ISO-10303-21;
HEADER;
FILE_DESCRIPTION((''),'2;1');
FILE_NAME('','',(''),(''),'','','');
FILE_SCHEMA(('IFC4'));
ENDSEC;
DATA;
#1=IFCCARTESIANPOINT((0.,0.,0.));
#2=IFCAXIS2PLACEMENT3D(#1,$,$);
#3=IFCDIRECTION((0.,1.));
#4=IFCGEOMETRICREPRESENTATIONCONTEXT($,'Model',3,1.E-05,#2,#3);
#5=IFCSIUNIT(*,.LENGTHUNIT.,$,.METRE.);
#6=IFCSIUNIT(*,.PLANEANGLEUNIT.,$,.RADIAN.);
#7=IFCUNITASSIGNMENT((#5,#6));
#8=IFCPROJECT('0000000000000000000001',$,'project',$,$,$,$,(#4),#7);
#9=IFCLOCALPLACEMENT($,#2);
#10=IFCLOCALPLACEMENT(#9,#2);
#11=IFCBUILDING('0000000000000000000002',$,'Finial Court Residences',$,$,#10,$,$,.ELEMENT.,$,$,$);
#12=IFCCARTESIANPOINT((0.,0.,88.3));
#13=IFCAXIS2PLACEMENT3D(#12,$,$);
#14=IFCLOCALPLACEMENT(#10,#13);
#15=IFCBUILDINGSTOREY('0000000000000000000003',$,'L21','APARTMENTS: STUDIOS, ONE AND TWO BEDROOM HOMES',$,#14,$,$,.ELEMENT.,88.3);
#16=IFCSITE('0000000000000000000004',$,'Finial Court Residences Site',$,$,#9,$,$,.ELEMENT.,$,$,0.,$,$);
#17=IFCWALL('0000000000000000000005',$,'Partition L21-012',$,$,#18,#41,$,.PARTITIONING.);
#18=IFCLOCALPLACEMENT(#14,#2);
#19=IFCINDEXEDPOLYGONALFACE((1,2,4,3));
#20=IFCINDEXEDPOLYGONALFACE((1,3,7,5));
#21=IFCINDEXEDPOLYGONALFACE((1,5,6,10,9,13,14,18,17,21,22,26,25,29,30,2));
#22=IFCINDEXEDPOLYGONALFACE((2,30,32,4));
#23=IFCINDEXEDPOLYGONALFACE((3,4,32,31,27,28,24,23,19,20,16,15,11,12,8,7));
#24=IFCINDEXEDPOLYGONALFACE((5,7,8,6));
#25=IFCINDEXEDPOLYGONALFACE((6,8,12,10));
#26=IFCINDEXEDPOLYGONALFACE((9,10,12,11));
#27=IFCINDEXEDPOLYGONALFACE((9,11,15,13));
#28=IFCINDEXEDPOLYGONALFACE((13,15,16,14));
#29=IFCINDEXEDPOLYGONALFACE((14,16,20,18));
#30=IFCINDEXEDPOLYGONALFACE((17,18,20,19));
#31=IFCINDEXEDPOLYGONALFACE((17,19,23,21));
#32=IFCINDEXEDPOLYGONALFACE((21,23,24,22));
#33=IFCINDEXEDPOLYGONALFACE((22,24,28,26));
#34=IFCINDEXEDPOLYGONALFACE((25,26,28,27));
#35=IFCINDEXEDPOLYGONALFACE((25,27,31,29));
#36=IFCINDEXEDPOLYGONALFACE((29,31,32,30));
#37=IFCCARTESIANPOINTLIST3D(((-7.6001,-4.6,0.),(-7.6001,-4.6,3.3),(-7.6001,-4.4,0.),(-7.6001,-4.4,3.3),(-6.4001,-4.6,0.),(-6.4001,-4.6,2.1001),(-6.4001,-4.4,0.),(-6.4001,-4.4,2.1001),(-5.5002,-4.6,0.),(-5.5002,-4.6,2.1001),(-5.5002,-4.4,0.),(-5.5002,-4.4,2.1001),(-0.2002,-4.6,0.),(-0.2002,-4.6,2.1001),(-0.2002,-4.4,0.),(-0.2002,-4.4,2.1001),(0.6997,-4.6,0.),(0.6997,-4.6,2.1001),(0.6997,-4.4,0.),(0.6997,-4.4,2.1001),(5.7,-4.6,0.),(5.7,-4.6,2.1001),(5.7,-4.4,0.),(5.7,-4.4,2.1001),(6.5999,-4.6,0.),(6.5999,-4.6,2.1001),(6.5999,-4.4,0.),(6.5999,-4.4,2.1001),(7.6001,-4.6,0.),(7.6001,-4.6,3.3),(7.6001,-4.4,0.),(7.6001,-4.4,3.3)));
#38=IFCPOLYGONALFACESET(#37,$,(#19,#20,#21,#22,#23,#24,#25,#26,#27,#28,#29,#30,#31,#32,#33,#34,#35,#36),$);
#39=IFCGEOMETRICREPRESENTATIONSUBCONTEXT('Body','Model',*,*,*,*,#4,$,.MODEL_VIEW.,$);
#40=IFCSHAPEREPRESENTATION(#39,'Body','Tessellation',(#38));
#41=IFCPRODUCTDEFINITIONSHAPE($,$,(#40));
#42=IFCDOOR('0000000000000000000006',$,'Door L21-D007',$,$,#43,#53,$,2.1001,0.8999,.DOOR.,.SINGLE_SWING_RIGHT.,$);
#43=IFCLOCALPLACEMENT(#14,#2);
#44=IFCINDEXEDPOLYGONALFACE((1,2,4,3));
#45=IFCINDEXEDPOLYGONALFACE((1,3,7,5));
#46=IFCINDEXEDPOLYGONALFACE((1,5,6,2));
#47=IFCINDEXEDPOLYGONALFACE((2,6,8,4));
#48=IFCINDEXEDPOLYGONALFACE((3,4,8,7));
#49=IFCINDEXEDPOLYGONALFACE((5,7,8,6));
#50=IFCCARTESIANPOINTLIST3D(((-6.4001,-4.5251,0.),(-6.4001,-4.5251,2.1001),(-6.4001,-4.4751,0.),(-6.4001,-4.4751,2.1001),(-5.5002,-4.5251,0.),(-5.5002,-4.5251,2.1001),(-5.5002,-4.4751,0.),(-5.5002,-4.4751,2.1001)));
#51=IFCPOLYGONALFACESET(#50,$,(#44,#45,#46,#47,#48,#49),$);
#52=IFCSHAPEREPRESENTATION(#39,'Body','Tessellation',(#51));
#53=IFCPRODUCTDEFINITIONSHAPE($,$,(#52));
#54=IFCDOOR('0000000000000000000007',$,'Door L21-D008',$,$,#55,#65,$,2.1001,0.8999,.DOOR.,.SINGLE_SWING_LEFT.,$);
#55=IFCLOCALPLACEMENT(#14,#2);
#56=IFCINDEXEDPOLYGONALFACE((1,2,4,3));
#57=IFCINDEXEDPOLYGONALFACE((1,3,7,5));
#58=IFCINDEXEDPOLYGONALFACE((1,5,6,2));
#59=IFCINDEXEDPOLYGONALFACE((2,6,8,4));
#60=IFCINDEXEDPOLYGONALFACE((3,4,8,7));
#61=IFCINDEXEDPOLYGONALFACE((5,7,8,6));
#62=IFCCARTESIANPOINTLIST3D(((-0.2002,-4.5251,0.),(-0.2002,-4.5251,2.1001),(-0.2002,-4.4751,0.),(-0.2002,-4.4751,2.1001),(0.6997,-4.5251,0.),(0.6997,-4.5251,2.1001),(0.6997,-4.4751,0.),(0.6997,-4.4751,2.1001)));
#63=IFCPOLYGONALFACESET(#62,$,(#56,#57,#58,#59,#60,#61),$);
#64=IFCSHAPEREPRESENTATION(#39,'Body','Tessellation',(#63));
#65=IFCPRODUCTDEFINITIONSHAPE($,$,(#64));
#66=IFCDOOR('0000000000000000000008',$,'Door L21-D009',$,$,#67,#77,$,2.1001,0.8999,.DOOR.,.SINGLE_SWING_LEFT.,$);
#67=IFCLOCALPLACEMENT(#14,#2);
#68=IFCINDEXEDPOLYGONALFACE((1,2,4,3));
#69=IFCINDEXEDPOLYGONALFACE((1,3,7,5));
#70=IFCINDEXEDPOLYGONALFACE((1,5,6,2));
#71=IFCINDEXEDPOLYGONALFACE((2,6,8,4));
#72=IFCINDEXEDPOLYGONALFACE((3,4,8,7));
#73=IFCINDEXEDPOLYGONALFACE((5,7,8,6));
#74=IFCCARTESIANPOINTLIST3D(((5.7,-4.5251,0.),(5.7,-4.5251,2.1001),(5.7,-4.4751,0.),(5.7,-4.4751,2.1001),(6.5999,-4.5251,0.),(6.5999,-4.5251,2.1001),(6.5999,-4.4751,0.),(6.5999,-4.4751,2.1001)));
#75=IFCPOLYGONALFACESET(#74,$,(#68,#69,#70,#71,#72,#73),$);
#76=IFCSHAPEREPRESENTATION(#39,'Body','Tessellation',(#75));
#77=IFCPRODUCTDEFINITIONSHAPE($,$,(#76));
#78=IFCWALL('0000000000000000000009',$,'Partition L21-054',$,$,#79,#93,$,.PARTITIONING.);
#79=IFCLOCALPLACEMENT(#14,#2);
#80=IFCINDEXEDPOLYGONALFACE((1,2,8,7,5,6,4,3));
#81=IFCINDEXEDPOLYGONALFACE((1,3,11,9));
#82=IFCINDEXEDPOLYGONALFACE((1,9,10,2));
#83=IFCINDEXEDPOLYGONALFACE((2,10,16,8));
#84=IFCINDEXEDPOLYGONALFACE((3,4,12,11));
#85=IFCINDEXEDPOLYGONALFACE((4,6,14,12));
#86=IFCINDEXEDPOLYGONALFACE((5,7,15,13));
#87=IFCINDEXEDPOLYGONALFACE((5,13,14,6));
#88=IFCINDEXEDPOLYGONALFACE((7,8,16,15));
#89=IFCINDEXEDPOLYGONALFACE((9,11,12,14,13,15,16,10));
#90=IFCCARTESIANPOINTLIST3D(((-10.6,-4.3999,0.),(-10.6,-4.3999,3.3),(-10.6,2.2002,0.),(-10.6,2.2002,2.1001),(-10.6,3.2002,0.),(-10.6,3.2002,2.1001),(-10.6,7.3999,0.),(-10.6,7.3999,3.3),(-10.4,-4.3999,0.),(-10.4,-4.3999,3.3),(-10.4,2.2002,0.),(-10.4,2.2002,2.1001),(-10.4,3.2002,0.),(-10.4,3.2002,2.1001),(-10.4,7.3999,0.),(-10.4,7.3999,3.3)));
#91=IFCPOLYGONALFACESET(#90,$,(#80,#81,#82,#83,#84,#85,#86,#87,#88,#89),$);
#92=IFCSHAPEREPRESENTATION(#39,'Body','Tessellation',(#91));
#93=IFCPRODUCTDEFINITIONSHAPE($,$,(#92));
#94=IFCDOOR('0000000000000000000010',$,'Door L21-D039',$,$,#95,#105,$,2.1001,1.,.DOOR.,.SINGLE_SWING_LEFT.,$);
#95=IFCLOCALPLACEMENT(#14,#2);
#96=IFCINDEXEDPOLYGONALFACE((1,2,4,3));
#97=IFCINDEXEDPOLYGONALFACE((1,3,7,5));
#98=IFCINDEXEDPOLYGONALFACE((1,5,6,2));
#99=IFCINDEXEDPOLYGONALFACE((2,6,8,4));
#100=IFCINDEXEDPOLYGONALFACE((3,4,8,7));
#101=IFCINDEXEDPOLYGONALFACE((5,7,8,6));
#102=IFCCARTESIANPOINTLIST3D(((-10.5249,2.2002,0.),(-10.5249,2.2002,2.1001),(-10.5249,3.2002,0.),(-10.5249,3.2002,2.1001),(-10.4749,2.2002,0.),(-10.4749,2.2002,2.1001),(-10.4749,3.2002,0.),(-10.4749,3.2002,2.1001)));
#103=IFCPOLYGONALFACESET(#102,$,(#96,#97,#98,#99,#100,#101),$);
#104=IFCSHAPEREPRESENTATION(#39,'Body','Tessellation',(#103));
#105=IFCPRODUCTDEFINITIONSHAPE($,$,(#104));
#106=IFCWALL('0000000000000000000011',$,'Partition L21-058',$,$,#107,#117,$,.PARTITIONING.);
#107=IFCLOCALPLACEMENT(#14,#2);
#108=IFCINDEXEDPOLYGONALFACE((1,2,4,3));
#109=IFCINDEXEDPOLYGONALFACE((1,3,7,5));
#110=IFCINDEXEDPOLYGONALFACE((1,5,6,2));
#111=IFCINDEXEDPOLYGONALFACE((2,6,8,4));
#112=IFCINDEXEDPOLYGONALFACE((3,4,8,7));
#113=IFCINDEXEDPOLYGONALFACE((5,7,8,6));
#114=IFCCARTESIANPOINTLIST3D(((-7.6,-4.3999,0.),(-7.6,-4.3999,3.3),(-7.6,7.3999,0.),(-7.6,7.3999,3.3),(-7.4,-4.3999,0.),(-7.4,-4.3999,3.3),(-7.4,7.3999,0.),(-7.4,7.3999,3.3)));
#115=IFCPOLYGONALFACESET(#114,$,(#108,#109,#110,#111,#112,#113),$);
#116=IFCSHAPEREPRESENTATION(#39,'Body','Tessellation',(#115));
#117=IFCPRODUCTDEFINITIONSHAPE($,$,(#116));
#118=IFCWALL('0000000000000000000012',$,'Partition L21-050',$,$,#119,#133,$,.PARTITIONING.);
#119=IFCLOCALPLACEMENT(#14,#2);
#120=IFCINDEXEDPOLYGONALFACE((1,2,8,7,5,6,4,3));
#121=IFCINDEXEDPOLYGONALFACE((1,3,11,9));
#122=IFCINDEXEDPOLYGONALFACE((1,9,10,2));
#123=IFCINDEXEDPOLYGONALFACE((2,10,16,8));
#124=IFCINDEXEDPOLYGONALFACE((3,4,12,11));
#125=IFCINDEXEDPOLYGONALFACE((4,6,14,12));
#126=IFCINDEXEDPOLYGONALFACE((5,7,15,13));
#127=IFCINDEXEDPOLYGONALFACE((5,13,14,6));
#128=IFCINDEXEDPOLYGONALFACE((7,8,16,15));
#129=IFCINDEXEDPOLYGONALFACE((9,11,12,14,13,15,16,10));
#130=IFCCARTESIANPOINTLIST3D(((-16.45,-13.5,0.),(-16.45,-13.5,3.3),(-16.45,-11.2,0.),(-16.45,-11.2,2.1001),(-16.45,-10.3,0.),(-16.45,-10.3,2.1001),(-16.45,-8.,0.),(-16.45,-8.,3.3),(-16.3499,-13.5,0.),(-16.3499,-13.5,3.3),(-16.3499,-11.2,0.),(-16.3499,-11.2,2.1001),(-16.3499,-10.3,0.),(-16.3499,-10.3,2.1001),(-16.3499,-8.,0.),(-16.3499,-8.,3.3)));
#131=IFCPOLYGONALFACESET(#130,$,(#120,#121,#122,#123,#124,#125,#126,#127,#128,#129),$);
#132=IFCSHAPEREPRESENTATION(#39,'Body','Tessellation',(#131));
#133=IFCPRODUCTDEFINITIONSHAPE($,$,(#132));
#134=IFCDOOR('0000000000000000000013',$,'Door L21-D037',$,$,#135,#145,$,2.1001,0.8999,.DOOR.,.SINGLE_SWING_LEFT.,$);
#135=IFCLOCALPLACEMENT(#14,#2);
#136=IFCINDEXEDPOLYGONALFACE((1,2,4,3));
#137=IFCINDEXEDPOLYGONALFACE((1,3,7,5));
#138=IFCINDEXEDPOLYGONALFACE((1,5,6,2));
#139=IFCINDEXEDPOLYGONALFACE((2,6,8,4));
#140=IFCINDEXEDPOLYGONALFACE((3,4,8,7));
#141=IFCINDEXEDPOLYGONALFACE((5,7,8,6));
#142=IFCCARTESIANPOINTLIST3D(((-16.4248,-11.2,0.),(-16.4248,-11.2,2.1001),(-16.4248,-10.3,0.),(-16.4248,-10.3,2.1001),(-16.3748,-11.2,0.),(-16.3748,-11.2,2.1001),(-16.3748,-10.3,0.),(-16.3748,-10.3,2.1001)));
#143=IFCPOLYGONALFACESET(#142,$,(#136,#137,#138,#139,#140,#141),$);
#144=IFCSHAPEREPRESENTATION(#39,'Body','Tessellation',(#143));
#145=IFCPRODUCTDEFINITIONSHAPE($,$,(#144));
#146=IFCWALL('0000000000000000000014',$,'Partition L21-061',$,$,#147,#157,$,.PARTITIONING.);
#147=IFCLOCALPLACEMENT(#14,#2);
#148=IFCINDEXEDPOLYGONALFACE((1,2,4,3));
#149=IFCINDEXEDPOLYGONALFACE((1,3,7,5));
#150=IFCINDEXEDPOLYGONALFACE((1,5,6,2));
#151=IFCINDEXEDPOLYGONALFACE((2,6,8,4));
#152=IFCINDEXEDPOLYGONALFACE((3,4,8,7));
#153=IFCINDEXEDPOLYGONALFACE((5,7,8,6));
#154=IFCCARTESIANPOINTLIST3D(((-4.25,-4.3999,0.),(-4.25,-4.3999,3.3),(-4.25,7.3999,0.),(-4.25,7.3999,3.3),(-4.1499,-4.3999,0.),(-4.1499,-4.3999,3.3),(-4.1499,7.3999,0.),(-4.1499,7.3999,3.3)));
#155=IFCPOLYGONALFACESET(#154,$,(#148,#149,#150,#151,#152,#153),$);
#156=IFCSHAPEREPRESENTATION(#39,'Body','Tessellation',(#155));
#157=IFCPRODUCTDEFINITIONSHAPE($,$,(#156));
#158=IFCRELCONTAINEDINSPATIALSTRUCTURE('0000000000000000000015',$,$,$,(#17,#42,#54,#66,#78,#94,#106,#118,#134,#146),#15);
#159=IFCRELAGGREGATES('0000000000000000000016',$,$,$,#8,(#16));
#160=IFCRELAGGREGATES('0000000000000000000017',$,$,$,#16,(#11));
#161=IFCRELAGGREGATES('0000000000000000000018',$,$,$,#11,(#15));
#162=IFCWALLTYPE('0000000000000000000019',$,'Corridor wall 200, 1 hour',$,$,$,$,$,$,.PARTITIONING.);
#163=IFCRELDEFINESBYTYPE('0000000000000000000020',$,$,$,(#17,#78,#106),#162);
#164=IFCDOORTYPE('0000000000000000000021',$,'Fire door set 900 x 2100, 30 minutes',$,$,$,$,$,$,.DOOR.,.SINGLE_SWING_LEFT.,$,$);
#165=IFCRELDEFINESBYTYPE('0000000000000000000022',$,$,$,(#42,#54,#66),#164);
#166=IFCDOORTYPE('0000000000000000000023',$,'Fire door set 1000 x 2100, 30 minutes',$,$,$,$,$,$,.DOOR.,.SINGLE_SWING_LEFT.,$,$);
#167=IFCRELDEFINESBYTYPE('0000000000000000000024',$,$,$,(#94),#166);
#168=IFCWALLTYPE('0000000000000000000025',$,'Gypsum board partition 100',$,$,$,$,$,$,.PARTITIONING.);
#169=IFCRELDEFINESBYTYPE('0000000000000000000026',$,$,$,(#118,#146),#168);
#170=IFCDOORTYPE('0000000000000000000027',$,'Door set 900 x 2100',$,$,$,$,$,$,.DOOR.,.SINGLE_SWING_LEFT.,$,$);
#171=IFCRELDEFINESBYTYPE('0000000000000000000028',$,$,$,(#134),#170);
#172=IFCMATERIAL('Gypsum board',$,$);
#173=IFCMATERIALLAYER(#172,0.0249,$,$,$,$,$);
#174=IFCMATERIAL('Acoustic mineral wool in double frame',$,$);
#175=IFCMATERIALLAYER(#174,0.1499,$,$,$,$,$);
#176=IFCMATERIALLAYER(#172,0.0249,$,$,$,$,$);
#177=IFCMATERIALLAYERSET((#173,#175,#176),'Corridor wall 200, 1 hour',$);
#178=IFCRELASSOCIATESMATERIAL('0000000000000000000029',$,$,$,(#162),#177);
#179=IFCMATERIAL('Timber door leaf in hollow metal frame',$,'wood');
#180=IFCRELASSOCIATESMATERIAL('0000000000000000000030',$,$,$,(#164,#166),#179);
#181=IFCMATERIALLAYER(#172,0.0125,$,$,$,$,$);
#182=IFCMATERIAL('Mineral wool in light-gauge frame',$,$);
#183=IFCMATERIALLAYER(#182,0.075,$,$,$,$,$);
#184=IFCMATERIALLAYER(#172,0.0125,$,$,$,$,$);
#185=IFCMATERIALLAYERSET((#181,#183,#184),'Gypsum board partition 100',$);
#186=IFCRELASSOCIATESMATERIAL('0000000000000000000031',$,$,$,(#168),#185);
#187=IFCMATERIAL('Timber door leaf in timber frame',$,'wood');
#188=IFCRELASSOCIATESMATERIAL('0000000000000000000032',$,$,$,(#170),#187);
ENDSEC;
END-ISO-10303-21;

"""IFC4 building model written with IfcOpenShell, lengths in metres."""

from ifc_helpers import new_model, si_unit, direction, frame, frame_2d, origin, place, context, subcontext, project, spatial, rectangle, extrude, material, layer, layer_set, type_object, element, fill, save


model = new_model("IFC4")

# Units and contexts
model_context = context("Model", 3, precision=1e-05, world=origin(), true_north=direction((0.0, 1.0)))
body_context = subcontext(model_context, "Body", "Model", "MODEL_VIEW")
ifc_project = project(units=[si_unit("LENGTHUNIT", "METRE"), si_unit("PLANEANGLEUNIT", "RADIAN")], contexts=[model_context])

# Site, building, storey
site_placement = place(None, origin())
site = spatial("IfcSite", under=ifc_project, at=site_placement, Name="Finial Court Residences Site", CompositionType="ELEMENT", RefElevation=0.0)
building_placement = place(site_placement, origin())
building = spatial("IfcBuilding", under=site, at=building_placement, Name="Finial Court Residences", CompositionType="ELEMENT")
storey_placement = place(building_placement, frame((0.0, 0.0, 88.3)))
storey = spatial("IfcBuildingStorey", under=building, at=storey_placement, Name="L21", Description="APARTMENTS: STUDIOS, ONE AND TWO BEDROOM HOMES", CompositionType="ELEMENT", Elevation=88.3)

# Wall, openings, doors
ifc_material_1 = material(Name="Gypsum board")
ifc_layer_1 = layer(ifc_material_1, 0.0249)
ifc_material_2 = material(Name="Acoustic mineral wool in double frame")
ifc_layer_2 = layer(ifc_material_2, 0.1499)
ifc_layer_3 = layer(ifc_material_1, 0.0249)
ifc_layer_set_1 = layer_set([ifc_layer_1, ifc_layer_2, ifc_layer_3], Name="Corridor wall 200, 1 hour")
wall_type_1 = type_object("IfcWallType", Name="Corridor wall 200, 1 hour", PredefinedType="PARTITIONING", material=ifc_layer_set_1)
wall_1_placement = place(storey_placement, frame((-7.6001, -4.5, 0.0), z_axis=(0.0, 0.0, 1.0), x_axis=(1.0, 0.0, 0.0)))
wall_1 = element("IfcWall", 1, at=wall_1_placement, inside=storey, type_object=wall_type_1, Name="Partition L21-012", PredefinedType="PARTITIONING", context=body_context, shape_type="SweptSolid", body=[
    extrude(rectangle(XDim=15.2002, YDim=0.2, at=frame_2d((7.6001, 0.0))), origin(), (0.0, 0.0, 1.0), 3.3),
])
opening_1_placement = place(wall_1_placement, frame((1.2, 0.0, 0.0)))
opening_1 = element("IfcOpeningElement", 2, at=opening_1_placement, cuts=wall_1, PredefinedType="OPENING", context=body_context, shape_type="SweptSolid", body=[
    extrude(rectangle(XDim=0.8999, YDim=2.1001, at=frame_2d((0.45, 1.05))), frame((0.0, 0.1099, 0.0), z_axis=(0.0, -1.0, 0.0), x_axis=(1.0, 0.0, 0.0)), (0.0, 0.0, 1.0), 0.22),
])
opening_2_placement = place(wall_1_placement, frame((7.3999, 0.0, 0.0)))
opening_2 = element("IfcOpeningElement", 3, at=opening_2_placement, cuts=wall_1, PredefinedType="OPENING", context=body_context, shape_type="SweptSolid", body=[
    extrude(rectangle(XDim=0.8999, YDim=2.1001, at=frame_2d((0.45, 1.05))), frame((0.0, 0.1099, 0.0), z_axis=(0.0, -1.0, 0.0), x_axis=(1.0, 0.0, 0.0)), (0.0, 0.0, 1.0), 0.22),
])
opening_3_placement = place(wall_1_placement, frame((13.3, 0.0, 0.0)))
opening_3 = element("IfcOpeningElement", 4, at=opening_3_placement, cuts=wall_1, PredefinedType="OPENING", context=body_context, shape_type="SweptSolid", body=[
    extrude(rectangle(XDim=0.8999, YDim=2.1001, at=frame_2d((0.45, 1.05))), frame((0.0, 0.1099, 0.0), z_axis=(0.0, -1.0, 0.0), x_axis=(1.0, 0.0, 0.0)), (0.0, 0.0, 1.0), 0.22),
])
ifc_material_3 = material(Name="Timber door leaf in hollow metal frame", Category="wood")
door_type_1 = type_object("IfcDoorType", Name="Fire door set 900 x 2100, 30 minutes", OperationType="SINGLE_SWING_LEFT", PredefinedType="DOOR", material=ifc_material_3)
door_1_placement = place(opening_1_placement, origin())
door_1 = element("IfcDoor", 5, at=door_1_placement, inside=storey, type_object=door_type_1, Name="Door L21-D007", OperationType="SINGLE_SWING_RIGHT", OverallHeight=2.1001, OverallWidth=0.8999, PredefinedType="DOOR", context=body_context, shape_type="SweptSolid", body=[
    extrude(rectangle(XDim=0.8999, YDim=2.1001, at=frame_2d((0.45, 1.05))), frame((0.0, 0.0249, 0.0), z_axis=(0.0, -1.0, 0.0), x_axis=(1.0, 0.0, 0.0)), (0.0, 0.0, 1.0), 0.05),
])
fill(opening_1, door_1)
door_2_placement = place(opening_2_placement, origin())
door_2 = element("IfcDoor", 6, at=door_2_placement, inside=storey, type_object=door_type_1, Name="Door L21-D008", OperationType="SINGLE_SWING_LEFT", OverallHeight=2.1001, OverallWidth=0.8999, PredefinedType="DOOR", context=body_context, shape_type="SweptSolid", body=[
    extrude(rectangle(XDim=0.8999, YDim=2.1001, at=frame_2d((0.45, 1.05))), frame((0.0, 0.0249, 0.0), z_axis=(0.0, -1.0, 0.0), x_axis=(1.0, 0.0, 0.0)), (0.0, 0.0, 1.0), 0.05),
])
fill(opening_2, door_2)
door_3_placement = place(opening_3_placement, origin())
door_3 = element("IfcDoor", 7, at=door_3_placement, inside=storey, type_object=door_type_1, Name="Door L21-D009", OperationType="SINGLE_SWING_LEFT", OverallHeight=2.1001, OverallWidth=0.8999, PredefinedType="DOOR", context=body_context, shape_type="SweptSolid", body=[
    extrude(rectangle(XDim=0.8999, YDim=2.1001, at=frame_2d((0.45, 1.05))), frame((0.0, 0.0249, 0.0), z_axis=(0.0, -1.0, 0.0), x_axis=(1.0, 0.0, 0.0)), (0.0, 0.0, 1.0), 0.05),
])
fill(opening_3, door_3)

# Wall, opening, door
wall_2_placement = place(storey_placement, frame((-10.5, -4.3999, 0.0), z_axis=(0.0, 0.0, 1.0), x_axis=(0.0, 1.0, 0.0)))
wall_2 = element("IfcWall", 8, at=wall_2_placement, inside=storey, type_object=wall_type_1, Name="Partition L21-054", PredefinedType="PARTITIONING", context=body_context, shape_type="SweptSolid", body=[
    extrude(rectangle(XDim=11.7998, YDim=0.2, at=frame_2d((5.8999, 0.0))), origin(), (0.0, 0.0, 1.0), 3.3),
])
opening_4_placement = place(wall_2_placement, frame((6.6001, 0.0, 0.0)))
opening_4 = element("IfcOpeningElement", 9, at=opening_4_placement, cuts=wall_2, PredefinedType="OPENING", context=body_context, shape_type="SweptSolid", body=[
    extrude(rectangle(XDim=1.0, YDim=2.1001, at=frame_2d((0.5, 1.05))), frame((0.0, 0.1099, 0.0), z_axis=(0.0, -1.0, 0.0), x_axis=(1.0, 0.0, 0.0)), (0.0, 0.0, 1.0), 0.22),
])
door_type_2 = type_object("IfcDoorType", Name="Fire door set 1000 x 2100, 30 minutes", OperationType="SINGLE_SWING_LEFT", PredefinedType="DOOR", material=ifc_material_3)
door_4_placement = place(opening_4_placement, origin())
door_4 = element("IfcDoor", 10, at=door_4_placement, inside=storey, type_object=door_type_2, Name="Door L21-D039", OperationType="SINGLE_SWING_LEFT", OverallHeight=2.1001, OverallWidth=1.0, PredefinedType="DOOR", context=body_context, shape_type="SweptSolid", body=[
    extrude(rectangle(XDim=1.0, YDim=2.1001, at=frame_2d((0.5, 1.05))), frame((0.0, 0.0249, 0.0), z_axis=(0.0, -1.0, 0.0), x_axis=(1.0, 0.0, 0.0)), (0.0, 0.0, 1.0), 0.05),
])
fill(opening_4, door_4)

# Wall
wall_3_placement = place(storey_placement, frame((-7.5, -4.3999, 0.0), z_axis=(0.0, 0.0, 1.0), x_axis=(0.0, 1.0, 0.0)))
element("IfcWall", 11, at=wall_3_placement, inside=storey, type_object=wall_type_1, Name="Partition L21-058", PredefinedType="PARTITIONING", context=body_context, shape_type="SweptSolid", body=[
    extrude(rectangle(XDim=11.7998, YDim=0.2, at=frame_2d((5.8999, 0.0))), origin(), (0.0, 0.0, 1.0), 3.3),
])

# Wall, opening, door
ifc_layer_4 = layer(ifc_material_1, 0.0125)
ifc_material_4 = material(Name="Mineral wool in light-gauge frame")
ifc_layer_5 = layer(ifc_material_4, 0.075)
ifc_layer_6 = layer(ifc_material_1, 0.0125)
ifc_layer_set_2 = layer_set([ifc_layer_4, ifc_layer_5, ifc_layer_6], Name="Gypsum board partition 100")
wall_type_2 = type_object("IfcWallType", Name="Gypsum board partition 100", PredefinedType="PARTITIONING", material=ifc_layer_set_2)
wall_4_placement = place(storey_placement, frame((-16.3999, -13.5, 0.0), z_axis=(0.0, 0.0, 1.0), x_axis=(0.0, 1.0, 0.0)))
wall_4 = element("IfcWall", 12, at=wall_4_placement, inside=storey, type_object=wall_type_2, Name="Partition L21-050", PredefinedType="PARTITIONING", context=body_context, shape_type="SweptSolid", body=[
    extrude(rectangle(XDim=5.5, YDim=0.1001, at=frame_2d((2.75, 0.0))), origin(), (0.0, 0.0, 1.0), 3.3),
])
opening_5_placement = place(wall_4_placement, frame((2.3, 0.0, 0.0)))
opening_5 = element("IfcOpeningElement", 13, at=opening_5_placement, cuts=wall_4, PredefinedType="OPENING", context=body_context, shape_type="SweptSolid", body=[
    extrude(rectangle(XDim=0.8999, YDim=2.1001, at=frame_2d((0.45, 1.05))), frame((0.0, 0.0601, 0.0), z_axis=(0.0, -1.0, 0.0), x_axis=(1.0, 0.0, 0.0)), (0.0, 0.0, 1.0), 0.1201),
])
ifc_material_5 = material(Name="Timber door leaf in timber frame", Category="wood")
door_type_3 = type_object("IfcDoorType", Name="Door set 900 x 2100", OperationType="SINGLE_SWING_LEFT", PredefinedType="DOOR", material=ifc_material_5)
door_5_placement = place(opening_5_placement, origin())
door_5 = element("IfcDoor", 14, at=door_5_placement, inside=storey, type_object=door_type_3, Name="Door L21-D037", OperationType="SINGLE_SWING_LEFT", OverallHeight=2.1001, OverallWidth=0.8999, PredefinedType="DOOR", context=body_context, shape_type="SweptSolid", body=[
    extrude(rectangle(XDim=0.8999, YDim=2.1001, at=frame_2d((0.45, 1.05))), frame((0.0, 0.0249, 0.0), z_axis=(0.0, -1.0, 0.0), x_axis=(1.0, 0.0, 0.0)), (0.0, 0.0, 1.0), 0.05),
])
fill(opening_5, door_5)

# Wall
wall_5_placement = place(storey_placement, frame((-4.2, -4.3999, 0.0), z_axis=(0.0, 0.0, 1.0), x_axis=(0.0, 1.0, 0.0)))
element("IfcWall", 15, at=wall_5_placement, inside=storey, type_object=wall_type_2, Name="Partition L21-061", PredefinedType="PARTITIONING", context=body_context, shape_type="SweptSolid", body=[
    extrude(rectangle(XDim=11.7998, YDim=0.1001, at=frame_2d((5.8999, 0.0))), origin(), (0.0, 0.0, 1.0), 3.3),
])

save(model, "model.ifc")
